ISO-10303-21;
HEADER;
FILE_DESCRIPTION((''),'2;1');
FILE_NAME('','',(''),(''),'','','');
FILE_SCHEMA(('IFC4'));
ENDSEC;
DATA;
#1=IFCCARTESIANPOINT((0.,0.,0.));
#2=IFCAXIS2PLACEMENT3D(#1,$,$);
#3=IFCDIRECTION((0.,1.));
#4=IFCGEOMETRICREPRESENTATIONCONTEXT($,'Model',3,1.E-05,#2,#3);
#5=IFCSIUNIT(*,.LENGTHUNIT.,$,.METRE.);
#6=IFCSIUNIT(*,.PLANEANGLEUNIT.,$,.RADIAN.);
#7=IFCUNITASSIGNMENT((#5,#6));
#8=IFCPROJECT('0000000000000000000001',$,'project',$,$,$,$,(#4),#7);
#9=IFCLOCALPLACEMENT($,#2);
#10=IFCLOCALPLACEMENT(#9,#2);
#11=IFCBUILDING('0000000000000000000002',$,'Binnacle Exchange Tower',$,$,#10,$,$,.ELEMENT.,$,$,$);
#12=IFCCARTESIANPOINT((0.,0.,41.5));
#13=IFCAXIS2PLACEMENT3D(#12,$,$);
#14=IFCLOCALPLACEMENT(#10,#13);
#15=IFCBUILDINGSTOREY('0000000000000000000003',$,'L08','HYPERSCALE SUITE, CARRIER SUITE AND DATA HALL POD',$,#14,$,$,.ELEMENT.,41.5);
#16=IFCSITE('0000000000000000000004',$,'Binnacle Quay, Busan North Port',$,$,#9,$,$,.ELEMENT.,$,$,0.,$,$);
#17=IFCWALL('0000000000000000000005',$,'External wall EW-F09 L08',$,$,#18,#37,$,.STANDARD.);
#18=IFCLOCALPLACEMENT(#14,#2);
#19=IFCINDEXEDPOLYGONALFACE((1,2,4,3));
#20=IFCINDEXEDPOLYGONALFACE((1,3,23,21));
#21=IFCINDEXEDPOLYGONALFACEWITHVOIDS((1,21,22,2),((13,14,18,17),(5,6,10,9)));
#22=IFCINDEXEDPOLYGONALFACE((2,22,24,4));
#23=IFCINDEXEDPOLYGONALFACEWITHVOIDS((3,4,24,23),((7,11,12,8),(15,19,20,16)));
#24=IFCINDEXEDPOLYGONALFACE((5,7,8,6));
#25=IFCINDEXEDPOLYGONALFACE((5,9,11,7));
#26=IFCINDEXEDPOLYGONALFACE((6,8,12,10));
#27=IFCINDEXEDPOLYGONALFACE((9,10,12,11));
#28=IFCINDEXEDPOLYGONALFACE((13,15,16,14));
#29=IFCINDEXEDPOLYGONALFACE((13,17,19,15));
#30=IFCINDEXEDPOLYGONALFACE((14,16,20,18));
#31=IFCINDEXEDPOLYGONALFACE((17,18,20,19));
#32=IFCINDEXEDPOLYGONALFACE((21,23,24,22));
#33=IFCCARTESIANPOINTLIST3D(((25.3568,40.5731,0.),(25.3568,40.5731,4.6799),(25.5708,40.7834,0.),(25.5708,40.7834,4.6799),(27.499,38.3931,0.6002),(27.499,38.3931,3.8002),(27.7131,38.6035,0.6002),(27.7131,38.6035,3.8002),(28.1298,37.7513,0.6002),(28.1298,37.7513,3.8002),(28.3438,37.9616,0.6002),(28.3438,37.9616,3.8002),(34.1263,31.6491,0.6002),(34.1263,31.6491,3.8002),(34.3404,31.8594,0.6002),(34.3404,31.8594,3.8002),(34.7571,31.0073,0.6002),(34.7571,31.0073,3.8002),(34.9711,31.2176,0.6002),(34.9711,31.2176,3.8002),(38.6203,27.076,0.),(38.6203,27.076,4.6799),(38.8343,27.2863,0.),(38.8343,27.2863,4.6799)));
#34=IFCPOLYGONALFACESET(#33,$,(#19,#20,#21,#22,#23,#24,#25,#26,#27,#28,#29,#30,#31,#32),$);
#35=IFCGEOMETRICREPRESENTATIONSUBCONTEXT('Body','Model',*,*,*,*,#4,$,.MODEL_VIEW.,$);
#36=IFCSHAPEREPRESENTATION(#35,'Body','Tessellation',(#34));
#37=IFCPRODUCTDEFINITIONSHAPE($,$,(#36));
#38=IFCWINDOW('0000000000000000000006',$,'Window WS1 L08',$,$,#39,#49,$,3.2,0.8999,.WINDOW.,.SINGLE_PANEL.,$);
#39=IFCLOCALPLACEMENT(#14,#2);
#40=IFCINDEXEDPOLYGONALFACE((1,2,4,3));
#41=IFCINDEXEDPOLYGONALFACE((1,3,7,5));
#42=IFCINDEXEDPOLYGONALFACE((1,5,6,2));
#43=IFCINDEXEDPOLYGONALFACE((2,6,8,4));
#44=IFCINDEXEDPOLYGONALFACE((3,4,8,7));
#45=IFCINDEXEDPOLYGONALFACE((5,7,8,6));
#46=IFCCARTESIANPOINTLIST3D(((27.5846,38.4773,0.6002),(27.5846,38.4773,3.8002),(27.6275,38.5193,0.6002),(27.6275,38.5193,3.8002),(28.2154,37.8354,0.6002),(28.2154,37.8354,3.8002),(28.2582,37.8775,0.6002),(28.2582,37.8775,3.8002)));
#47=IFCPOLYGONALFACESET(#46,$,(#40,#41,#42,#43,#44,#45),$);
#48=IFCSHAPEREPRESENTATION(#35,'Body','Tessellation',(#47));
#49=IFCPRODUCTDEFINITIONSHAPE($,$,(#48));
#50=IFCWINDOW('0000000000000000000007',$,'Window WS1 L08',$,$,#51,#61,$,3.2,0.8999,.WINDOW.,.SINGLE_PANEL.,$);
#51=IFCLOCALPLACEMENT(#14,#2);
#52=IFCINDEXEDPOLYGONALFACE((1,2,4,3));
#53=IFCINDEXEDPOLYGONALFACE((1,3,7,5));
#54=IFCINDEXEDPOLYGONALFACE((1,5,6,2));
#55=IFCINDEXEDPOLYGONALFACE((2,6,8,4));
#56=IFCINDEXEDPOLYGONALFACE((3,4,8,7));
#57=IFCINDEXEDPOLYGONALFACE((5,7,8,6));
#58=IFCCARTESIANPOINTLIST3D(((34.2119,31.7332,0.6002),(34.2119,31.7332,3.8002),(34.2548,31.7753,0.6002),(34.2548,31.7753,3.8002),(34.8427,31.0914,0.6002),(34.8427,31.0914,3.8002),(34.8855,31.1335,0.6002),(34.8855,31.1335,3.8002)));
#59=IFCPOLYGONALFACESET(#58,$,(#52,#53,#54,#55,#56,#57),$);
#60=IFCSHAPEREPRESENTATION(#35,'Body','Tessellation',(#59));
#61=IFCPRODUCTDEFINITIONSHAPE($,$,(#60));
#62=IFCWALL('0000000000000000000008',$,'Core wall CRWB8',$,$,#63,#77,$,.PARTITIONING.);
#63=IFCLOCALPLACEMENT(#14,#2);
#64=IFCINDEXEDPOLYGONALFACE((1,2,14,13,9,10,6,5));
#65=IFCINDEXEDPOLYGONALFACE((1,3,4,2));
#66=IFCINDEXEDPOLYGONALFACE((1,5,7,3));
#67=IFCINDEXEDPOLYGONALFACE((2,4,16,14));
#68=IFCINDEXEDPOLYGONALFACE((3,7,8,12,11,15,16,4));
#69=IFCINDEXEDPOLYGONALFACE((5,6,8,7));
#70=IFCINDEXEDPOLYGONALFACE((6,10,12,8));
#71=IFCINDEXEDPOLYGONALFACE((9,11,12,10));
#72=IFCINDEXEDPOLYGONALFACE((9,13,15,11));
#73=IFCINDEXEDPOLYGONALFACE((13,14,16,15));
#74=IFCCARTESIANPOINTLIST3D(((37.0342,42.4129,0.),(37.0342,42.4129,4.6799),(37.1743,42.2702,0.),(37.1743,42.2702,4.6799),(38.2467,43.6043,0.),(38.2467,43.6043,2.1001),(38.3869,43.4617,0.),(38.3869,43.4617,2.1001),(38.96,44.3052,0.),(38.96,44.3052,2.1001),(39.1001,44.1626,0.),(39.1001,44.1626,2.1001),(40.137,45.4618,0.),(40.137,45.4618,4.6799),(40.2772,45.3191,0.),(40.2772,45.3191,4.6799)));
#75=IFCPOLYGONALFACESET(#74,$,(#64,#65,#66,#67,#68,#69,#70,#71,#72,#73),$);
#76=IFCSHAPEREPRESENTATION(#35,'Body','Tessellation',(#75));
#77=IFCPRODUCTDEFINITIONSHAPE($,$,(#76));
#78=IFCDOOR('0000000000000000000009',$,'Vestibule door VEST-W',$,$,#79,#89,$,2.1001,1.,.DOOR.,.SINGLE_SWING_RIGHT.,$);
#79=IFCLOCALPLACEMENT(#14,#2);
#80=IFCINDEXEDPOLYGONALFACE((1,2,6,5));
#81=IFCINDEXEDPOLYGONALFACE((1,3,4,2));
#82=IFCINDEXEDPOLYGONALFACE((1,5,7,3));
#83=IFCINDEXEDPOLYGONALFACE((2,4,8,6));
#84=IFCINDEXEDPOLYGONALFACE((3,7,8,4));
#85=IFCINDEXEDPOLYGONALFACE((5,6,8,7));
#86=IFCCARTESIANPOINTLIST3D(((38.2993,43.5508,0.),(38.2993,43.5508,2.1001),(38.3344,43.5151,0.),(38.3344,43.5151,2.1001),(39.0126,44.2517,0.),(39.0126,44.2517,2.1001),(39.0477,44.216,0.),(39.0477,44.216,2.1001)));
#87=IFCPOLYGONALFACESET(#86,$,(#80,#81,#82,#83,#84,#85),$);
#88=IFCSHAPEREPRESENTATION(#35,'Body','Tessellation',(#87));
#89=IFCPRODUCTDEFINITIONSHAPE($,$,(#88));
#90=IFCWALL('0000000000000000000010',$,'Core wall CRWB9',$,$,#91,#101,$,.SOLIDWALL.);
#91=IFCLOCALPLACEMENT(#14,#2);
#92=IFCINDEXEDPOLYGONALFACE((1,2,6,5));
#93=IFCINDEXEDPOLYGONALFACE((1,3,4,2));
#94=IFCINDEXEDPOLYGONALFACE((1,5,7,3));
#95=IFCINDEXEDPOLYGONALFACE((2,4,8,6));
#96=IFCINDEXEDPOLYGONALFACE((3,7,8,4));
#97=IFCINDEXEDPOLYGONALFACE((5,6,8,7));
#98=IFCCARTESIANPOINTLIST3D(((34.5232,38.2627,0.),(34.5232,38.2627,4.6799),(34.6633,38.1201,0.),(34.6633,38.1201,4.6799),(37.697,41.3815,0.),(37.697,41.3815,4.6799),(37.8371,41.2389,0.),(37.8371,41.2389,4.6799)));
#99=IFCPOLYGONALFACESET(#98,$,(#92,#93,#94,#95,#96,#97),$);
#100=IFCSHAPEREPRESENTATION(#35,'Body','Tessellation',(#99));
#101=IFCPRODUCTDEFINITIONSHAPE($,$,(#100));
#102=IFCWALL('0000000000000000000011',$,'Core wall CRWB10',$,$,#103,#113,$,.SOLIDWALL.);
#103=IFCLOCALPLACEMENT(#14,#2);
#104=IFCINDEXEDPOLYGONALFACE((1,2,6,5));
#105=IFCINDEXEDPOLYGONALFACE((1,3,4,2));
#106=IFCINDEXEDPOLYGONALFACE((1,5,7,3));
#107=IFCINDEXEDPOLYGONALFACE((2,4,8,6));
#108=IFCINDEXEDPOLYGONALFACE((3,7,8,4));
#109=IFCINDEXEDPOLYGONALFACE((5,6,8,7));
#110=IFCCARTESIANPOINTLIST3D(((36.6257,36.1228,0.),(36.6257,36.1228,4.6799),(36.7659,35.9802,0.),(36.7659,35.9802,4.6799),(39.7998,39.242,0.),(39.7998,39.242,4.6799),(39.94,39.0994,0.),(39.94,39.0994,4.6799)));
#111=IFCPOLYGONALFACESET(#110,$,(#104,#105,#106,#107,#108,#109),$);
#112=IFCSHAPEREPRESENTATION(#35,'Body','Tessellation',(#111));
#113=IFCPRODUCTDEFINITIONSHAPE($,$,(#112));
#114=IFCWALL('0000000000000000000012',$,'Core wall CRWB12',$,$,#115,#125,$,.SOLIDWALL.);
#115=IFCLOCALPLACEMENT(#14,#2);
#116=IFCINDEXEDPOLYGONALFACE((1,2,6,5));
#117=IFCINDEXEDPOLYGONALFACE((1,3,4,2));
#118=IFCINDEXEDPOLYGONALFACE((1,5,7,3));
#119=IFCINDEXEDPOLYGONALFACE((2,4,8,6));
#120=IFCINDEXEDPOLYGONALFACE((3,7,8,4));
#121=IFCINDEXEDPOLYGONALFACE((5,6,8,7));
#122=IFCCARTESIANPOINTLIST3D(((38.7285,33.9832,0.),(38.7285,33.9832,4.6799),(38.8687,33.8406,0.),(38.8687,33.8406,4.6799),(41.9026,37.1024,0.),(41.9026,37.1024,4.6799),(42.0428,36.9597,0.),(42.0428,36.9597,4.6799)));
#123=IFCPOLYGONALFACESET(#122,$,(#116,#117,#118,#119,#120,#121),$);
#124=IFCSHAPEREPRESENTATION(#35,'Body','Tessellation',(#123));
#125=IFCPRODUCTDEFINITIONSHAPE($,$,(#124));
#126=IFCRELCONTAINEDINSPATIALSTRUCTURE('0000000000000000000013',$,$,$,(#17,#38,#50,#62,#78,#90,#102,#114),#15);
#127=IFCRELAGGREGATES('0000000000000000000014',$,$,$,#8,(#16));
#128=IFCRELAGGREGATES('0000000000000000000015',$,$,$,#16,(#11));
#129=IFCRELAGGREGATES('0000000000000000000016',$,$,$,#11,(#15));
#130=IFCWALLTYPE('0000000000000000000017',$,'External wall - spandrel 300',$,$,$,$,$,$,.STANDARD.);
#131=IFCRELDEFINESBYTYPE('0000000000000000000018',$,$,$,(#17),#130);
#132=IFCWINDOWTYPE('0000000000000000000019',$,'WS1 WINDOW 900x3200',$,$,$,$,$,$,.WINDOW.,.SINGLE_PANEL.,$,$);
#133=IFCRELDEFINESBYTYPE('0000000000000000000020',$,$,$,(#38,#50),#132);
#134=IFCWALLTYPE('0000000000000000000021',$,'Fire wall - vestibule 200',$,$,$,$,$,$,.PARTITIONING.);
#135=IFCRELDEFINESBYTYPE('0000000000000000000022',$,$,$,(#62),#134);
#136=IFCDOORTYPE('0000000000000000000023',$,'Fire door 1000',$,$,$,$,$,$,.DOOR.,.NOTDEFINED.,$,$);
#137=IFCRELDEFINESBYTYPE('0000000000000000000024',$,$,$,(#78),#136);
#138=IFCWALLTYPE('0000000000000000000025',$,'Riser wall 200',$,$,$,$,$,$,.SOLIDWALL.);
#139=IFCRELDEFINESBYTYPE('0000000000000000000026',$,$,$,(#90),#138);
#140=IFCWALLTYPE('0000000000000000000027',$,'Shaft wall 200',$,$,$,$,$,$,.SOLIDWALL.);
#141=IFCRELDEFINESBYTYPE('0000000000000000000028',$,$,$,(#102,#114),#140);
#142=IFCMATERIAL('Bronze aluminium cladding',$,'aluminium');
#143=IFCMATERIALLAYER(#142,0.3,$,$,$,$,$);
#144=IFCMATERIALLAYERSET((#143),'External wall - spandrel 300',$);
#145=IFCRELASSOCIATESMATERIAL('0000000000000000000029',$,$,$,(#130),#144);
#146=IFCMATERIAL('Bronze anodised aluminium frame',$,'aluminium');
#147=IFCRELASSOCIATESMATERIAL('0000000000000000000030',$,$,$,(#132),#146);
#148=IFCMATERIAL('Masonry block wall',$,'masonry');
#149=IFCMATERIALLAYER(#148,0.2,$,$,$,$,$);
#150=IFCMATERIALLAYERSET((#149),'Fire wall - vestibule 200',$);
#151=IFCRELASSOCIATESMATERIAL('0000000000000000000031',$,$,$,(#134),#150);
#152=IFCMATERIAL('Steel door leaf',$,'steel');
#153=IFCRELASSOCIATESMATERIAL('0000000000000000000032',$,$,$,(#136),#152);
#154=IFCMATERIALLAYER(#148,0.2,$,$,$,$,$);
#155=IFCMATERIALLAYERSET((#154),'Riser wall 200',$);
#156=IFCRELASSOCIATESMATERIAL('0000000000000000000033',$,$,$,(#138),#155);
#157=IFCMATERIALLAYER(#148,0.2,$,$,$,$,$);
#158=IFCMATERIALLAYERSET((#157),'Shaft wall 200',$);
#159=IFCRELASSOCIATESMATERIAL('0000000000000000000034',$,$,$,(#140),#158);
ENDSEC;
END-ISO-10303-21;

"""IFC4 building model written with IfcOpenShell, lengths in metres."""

from ifc_helpers import new_model, si_unit, direction, frame, frame_2d, origin, place, context, subcontext, project, spatial, rectangle, extrude, material, layer, layer_set, type_object, element, fill, save


model = new_model("IFC4")

# Units and contexts
model_context = context("Model", 3, precision=1e-05, world=origin(), true_north=direction((0.0, 1.0)))
body_context = subcontext(model_context, "Body", "Model", "MODEL_VIEW")
ifc_project = project(units=[si_unit("LENGTHUNIT", "METRE"), si_unit("PLANEANGLEUNIT", "RADIAN")], contexts=[model_context])

# Site, building, storey
site_placement = place(None, origin())
site = spatial("IfcSite", under=ifc_project, at=site_placement, Name="Binnacle Quay, Busan North Port", CompositionType="ELEMENT", RefElevation=0.0)
building_placement = place(site_placement, origin())
building = spatial("IfcBuilding", under=site, at=building_placement, Name="Binnacle Exchange Tower", CompositionType="ELEMENT")
storey_placement = place(building_placement, frame((0.0, 0.0, 41.5)))
storey = spatial("IfcBuildingStorey", under=building, at=storey_placement, Name="L08", Description="HYPERSCALE SUITE, CARRIER SUITE AND DATA HALL POD", CompositionType="ELEMENT", Elevation=41.5)

# Shared definitions
ifc_material_1 = material(Name="Steel door leaf", Category="steel")

# Wall, openings, windows
ifc_material_2 = material(Name="Bronze aluminium cladding", Category="aluminium")
ifc_layer_1 = layer(ifc_material_2, 0.3)
ifc_layer_set_1 = layer_set([ifc_layer_1], Name="External wall - spandrel 300")
wall_type_1 = type_object("IfcWallType", Name="External wall - spandrel 300", PredefinedType="STANDARD", material=ifc_layer_set_1)
wall_1_placement = place(storey_placement, frame((38.7273, 27.1812, 0.0), z_axis=(0.0, 0.0, 1.0), x_axis=(-0.700906, 0.713253, 0.0)))
wall_1 = element("IfcWall", 1, at=wall_1_placement, inside=storey, type_object=wall_type_1, Name="External wall EW-F09 L08", PredefinedType="STANDARD", context=body_context, shape_type="SweptSolid", body=[
    extrude(rectangle(XDim=18.9233, YDim=0.3, at=frame_2d((9.4617, 0.0))), origin(), (0.0, 0.0, 1.0), 4.6799),
])
opening_1_placement = place(wall_1_placement, frame((14.967, 0.0, 0.6001)))
opening_1 = element("IfcOpeningElement", 2, at=opening_1_placement, cuts=wall_1, PredefinedType="OPENING", context=body_context, shape_type="SweptSolid", body=[
    extrude(rectangle(XDim=0.8999, YDim=3.2, at=frame_2d((0.45, 1.6001))), frame((0.0, 0.1599, 0.0), z_axis=(0.0, -1.0, 0.0), x_axis=(1.0, 0.0, 0.0)), (0.0, 0.0, 1.0), 0.3201),
])
opening_2_placement = place(wall_1_placement, frame((5.5117, 0.0, 0.6001)))
opening_2 = element("IfcOpeningElement", 3, at=opening_2_placement, cuts=wall_1, PredefinedType="OPENING", context=body_context, shape_type="SweptSolid", body=[
    extrude(rectangle(XDim=0.8999, YDim=3.2, at=frame_2d((0.45, 1.6001))), frame((0.0, 0.1599, 0.0), z_axis=(0.0, -1.0, 0.0), x_axis=(1.0, 0.0, 0.0)), (0.0, 0.0, 1.0), 0.3201),
])
ifc_material_3 = material(Name="Bronze anodised aluminium frame", Category="aluminium")
window_type = type_object("IfcWindowType", Name="WS1 WINDOW 900x3200", PartitioningType="SINGLE_PANEL", PredefinedType="WINDOW", material=ifc_material_3)
window_1_placement = place(opening_1_placement, origin())
window_1 = element("IfcWindow", 4, at=window_1_placement, inside=storey, type_object=window_type, Name="Window WS1 L08", OverallHeight=3.2, OverallWidth=0.8999, PartitioningType="SINGLE_PANEL", PredefinedType="WINDOW", context=body_context, shape_type="SweptSolid", body=[
    extrude(rectangle(XDim=0.8999, YDim=3.2, at=frame_2d((0.45, 1.6001))), frame((0.0, 0.03, 0.0), z_axis=(0.0, -1.0, 0.0), x_axis=(1.0, 0.0, 0.0)), (0.0, 0.0, 1.0), 0.0601),
])
fill(opening_1, window_1)
window_2_placement = place(opening_2_placement, origin())
window_2 = element("IfcWindow", 5, at=window_2_placement, inside=storey, type_object=window_type, Name="Window WS1 L08", OverallHeight=3.2, OverallWidth=0.8999, PartitioningType="SINGLE_PANEL", PredefinedType="WINDOW", context=body_context, shape_type="SweptSolid", body=[
    extrude(rectangle(XDim=0.8999, YDim=3.2, at=frame_2d((0.45, 1.6001))), frame((0.0, 0.03, 0.0), z_axis=(0.0, -1.0, 0.0), x_axis=(1.0, 0.0, 0.0)), (0.0, 0.0, 1.0), 0.0601),
])
fill(opening_2, window_2)

# Wall, opening, door
ifc_material_4 = material(Name="Masonry block wall", Category="masonry")
ifc_layer_2 = layer(ifc_material_4, 0.2)
ifc_layer_set_2 = layer_set([ifc_layer_2], Name="Fire wall - vestibule 200")
wall_type_2 = type_object("IfcWallType", Name="Fire wall - vestibule 200", PredefinedType="PARTITIONING", material=ifc_layer_set_2)
wall_2_placement = place(storey_placement, frame((37.1042, 42.3416, 0.0), z_axis=(0.0, 0.0, 1.0), x_axis=(0.713281, 0.700878, 0.0)))
wall_2 = element("IfcWall", 6, at=wall_2_placement, inside=storey, type_object=wall_type_2, Name="Core wall CRWB8", PredefinedType="PARTITIONING", context=body_context, shape_type="SweptSolid", body=[
    extrude(rectangle(XDim=4.3501, YDim=0.2, at=frame_2d((2.175, 0.0))), origin(), (0.0, 0.0, 1.0), 4.6799),
])
opening_3_placement = place(wall_2_placement, frame((1.7, 0.0, 0.0)))
opening_3 = element("IfcOpeningElement", 7, at=opening_3_placement, cuts=wall_2, PredefinedType="OPENING", context=body_context, shape_type="SweptSolid", body=[
    extrude(rectangle(XDim=1.0, YDim=2.1001, at=frame_2d((0.5, 1.05))), frame((0.0, 0.1099, 0.0), z_axis=(0.0, -1.0, 0.0), x_axis=(1.0, 0.0, 0.0)), (0.0, 0.0, 1.0), 0.22),
])
door_type_1 = type_object("IfcDoorType", Name="Fire door 1000", OperationType="NOTDEFINED", PredefinedType="DOOR", material=ifc_material_1)
door_1_placement = place(opening_3_placement, origin())
door_1 = element("IfcDoor", 8, at=door_1_placement, inside=storey, type_object=door_type_1, Name="Vestibule door VEST-W", OperationType="SINGLE_SWING_RIGHT", OverallHeight=2.1001, OverallWidth=1.0, PredefinedType="DOOR", context=body_context, shape_type="SweptSolid", body=[
    extrude(rectangle(XDim=1.0, YDim=2.1001, at=frame_2d((0.5, 1.05))), frame((0.0, 0.0249, 0.0), z_axis=(0.0, -1.0, 0.0), x_axis=(1.0, 0.0, 0.0)), (0.0, 0.0, 1.0), 0.05),
])
fill(opening_3, door_1)

# Walls
ifc_layer_3 = layer(ifc_material_4, 0.2)
ifc_layer_set_3 = layer_set([ifc_layer_3], Name="Riser wall 200")
wall_type_3 = type_object("IfcWallType", Name="Riser wall 200", PredefinedType="SOLIDWALL", material=ifc_layer_set_3)
wall_3_placement = place(storey_placement, frame((34.5933, 38.1914, 0.0), z_axis=(0.0, 0.0, 1.0), x_axis=(0.713252, 0.700907, 0.0)))
element("IfcWall", 9, at=wall_3_placement, inside=storey, type_object=wall_type_3, Name="Core wall CRWB9", PredefinedType="SOLIDWALL", context=body_context, shape_type="SweptSolid", body=[
    extrude(rectangle(XDim=4.4497, YDim=0.2, at=frame_2d((2.2249, 0.0))), origin(), (0.0, 0.0, 1.0), 4.6799),
])
ifc_layer_4 = layer(ifc_material_4, 0.2)
ifc_layer_set_4 = layer_set([ifc_layer_4], Name="Shaft wall 200")
wall_type_4 = type_object("IfcWallType", Name="Shaft wall 200", PredefinedType="SOLIDWALL", material=ifc_layer_set_4)
for number, where, z_axis, x_axis, name in (
    (10, (36.6958, 36.0515, 0.0), (0.0, 0.0, 1.0), (0.713252, 0.700908, 0.0), "Core wall CRWB10"),
    (11, (38.7986, 33.9119, 0.0), (0.0, 0.0, 1.0), (0.713252, 0.700908, 0.0), "Core wall CRWB12"),
):
    element("IfcWall", number, at=place(storey_placement, frame(where, z_axis=z_axis, x_axis=x_axis)), inside=storey, type_object=wall_type_4, Name=name, PredefinedType="SOLIDWALL", context=body_context, shape_type="SweptSolid", body=[
        extrude(rectangle(XDim=4.4502, YDim=0.2, at=frame_2d((2.2251, 0.0))), origin(), (0.0, 0.0, 1.0), 4.6799),
    ])

save(model, "model.ifc")
